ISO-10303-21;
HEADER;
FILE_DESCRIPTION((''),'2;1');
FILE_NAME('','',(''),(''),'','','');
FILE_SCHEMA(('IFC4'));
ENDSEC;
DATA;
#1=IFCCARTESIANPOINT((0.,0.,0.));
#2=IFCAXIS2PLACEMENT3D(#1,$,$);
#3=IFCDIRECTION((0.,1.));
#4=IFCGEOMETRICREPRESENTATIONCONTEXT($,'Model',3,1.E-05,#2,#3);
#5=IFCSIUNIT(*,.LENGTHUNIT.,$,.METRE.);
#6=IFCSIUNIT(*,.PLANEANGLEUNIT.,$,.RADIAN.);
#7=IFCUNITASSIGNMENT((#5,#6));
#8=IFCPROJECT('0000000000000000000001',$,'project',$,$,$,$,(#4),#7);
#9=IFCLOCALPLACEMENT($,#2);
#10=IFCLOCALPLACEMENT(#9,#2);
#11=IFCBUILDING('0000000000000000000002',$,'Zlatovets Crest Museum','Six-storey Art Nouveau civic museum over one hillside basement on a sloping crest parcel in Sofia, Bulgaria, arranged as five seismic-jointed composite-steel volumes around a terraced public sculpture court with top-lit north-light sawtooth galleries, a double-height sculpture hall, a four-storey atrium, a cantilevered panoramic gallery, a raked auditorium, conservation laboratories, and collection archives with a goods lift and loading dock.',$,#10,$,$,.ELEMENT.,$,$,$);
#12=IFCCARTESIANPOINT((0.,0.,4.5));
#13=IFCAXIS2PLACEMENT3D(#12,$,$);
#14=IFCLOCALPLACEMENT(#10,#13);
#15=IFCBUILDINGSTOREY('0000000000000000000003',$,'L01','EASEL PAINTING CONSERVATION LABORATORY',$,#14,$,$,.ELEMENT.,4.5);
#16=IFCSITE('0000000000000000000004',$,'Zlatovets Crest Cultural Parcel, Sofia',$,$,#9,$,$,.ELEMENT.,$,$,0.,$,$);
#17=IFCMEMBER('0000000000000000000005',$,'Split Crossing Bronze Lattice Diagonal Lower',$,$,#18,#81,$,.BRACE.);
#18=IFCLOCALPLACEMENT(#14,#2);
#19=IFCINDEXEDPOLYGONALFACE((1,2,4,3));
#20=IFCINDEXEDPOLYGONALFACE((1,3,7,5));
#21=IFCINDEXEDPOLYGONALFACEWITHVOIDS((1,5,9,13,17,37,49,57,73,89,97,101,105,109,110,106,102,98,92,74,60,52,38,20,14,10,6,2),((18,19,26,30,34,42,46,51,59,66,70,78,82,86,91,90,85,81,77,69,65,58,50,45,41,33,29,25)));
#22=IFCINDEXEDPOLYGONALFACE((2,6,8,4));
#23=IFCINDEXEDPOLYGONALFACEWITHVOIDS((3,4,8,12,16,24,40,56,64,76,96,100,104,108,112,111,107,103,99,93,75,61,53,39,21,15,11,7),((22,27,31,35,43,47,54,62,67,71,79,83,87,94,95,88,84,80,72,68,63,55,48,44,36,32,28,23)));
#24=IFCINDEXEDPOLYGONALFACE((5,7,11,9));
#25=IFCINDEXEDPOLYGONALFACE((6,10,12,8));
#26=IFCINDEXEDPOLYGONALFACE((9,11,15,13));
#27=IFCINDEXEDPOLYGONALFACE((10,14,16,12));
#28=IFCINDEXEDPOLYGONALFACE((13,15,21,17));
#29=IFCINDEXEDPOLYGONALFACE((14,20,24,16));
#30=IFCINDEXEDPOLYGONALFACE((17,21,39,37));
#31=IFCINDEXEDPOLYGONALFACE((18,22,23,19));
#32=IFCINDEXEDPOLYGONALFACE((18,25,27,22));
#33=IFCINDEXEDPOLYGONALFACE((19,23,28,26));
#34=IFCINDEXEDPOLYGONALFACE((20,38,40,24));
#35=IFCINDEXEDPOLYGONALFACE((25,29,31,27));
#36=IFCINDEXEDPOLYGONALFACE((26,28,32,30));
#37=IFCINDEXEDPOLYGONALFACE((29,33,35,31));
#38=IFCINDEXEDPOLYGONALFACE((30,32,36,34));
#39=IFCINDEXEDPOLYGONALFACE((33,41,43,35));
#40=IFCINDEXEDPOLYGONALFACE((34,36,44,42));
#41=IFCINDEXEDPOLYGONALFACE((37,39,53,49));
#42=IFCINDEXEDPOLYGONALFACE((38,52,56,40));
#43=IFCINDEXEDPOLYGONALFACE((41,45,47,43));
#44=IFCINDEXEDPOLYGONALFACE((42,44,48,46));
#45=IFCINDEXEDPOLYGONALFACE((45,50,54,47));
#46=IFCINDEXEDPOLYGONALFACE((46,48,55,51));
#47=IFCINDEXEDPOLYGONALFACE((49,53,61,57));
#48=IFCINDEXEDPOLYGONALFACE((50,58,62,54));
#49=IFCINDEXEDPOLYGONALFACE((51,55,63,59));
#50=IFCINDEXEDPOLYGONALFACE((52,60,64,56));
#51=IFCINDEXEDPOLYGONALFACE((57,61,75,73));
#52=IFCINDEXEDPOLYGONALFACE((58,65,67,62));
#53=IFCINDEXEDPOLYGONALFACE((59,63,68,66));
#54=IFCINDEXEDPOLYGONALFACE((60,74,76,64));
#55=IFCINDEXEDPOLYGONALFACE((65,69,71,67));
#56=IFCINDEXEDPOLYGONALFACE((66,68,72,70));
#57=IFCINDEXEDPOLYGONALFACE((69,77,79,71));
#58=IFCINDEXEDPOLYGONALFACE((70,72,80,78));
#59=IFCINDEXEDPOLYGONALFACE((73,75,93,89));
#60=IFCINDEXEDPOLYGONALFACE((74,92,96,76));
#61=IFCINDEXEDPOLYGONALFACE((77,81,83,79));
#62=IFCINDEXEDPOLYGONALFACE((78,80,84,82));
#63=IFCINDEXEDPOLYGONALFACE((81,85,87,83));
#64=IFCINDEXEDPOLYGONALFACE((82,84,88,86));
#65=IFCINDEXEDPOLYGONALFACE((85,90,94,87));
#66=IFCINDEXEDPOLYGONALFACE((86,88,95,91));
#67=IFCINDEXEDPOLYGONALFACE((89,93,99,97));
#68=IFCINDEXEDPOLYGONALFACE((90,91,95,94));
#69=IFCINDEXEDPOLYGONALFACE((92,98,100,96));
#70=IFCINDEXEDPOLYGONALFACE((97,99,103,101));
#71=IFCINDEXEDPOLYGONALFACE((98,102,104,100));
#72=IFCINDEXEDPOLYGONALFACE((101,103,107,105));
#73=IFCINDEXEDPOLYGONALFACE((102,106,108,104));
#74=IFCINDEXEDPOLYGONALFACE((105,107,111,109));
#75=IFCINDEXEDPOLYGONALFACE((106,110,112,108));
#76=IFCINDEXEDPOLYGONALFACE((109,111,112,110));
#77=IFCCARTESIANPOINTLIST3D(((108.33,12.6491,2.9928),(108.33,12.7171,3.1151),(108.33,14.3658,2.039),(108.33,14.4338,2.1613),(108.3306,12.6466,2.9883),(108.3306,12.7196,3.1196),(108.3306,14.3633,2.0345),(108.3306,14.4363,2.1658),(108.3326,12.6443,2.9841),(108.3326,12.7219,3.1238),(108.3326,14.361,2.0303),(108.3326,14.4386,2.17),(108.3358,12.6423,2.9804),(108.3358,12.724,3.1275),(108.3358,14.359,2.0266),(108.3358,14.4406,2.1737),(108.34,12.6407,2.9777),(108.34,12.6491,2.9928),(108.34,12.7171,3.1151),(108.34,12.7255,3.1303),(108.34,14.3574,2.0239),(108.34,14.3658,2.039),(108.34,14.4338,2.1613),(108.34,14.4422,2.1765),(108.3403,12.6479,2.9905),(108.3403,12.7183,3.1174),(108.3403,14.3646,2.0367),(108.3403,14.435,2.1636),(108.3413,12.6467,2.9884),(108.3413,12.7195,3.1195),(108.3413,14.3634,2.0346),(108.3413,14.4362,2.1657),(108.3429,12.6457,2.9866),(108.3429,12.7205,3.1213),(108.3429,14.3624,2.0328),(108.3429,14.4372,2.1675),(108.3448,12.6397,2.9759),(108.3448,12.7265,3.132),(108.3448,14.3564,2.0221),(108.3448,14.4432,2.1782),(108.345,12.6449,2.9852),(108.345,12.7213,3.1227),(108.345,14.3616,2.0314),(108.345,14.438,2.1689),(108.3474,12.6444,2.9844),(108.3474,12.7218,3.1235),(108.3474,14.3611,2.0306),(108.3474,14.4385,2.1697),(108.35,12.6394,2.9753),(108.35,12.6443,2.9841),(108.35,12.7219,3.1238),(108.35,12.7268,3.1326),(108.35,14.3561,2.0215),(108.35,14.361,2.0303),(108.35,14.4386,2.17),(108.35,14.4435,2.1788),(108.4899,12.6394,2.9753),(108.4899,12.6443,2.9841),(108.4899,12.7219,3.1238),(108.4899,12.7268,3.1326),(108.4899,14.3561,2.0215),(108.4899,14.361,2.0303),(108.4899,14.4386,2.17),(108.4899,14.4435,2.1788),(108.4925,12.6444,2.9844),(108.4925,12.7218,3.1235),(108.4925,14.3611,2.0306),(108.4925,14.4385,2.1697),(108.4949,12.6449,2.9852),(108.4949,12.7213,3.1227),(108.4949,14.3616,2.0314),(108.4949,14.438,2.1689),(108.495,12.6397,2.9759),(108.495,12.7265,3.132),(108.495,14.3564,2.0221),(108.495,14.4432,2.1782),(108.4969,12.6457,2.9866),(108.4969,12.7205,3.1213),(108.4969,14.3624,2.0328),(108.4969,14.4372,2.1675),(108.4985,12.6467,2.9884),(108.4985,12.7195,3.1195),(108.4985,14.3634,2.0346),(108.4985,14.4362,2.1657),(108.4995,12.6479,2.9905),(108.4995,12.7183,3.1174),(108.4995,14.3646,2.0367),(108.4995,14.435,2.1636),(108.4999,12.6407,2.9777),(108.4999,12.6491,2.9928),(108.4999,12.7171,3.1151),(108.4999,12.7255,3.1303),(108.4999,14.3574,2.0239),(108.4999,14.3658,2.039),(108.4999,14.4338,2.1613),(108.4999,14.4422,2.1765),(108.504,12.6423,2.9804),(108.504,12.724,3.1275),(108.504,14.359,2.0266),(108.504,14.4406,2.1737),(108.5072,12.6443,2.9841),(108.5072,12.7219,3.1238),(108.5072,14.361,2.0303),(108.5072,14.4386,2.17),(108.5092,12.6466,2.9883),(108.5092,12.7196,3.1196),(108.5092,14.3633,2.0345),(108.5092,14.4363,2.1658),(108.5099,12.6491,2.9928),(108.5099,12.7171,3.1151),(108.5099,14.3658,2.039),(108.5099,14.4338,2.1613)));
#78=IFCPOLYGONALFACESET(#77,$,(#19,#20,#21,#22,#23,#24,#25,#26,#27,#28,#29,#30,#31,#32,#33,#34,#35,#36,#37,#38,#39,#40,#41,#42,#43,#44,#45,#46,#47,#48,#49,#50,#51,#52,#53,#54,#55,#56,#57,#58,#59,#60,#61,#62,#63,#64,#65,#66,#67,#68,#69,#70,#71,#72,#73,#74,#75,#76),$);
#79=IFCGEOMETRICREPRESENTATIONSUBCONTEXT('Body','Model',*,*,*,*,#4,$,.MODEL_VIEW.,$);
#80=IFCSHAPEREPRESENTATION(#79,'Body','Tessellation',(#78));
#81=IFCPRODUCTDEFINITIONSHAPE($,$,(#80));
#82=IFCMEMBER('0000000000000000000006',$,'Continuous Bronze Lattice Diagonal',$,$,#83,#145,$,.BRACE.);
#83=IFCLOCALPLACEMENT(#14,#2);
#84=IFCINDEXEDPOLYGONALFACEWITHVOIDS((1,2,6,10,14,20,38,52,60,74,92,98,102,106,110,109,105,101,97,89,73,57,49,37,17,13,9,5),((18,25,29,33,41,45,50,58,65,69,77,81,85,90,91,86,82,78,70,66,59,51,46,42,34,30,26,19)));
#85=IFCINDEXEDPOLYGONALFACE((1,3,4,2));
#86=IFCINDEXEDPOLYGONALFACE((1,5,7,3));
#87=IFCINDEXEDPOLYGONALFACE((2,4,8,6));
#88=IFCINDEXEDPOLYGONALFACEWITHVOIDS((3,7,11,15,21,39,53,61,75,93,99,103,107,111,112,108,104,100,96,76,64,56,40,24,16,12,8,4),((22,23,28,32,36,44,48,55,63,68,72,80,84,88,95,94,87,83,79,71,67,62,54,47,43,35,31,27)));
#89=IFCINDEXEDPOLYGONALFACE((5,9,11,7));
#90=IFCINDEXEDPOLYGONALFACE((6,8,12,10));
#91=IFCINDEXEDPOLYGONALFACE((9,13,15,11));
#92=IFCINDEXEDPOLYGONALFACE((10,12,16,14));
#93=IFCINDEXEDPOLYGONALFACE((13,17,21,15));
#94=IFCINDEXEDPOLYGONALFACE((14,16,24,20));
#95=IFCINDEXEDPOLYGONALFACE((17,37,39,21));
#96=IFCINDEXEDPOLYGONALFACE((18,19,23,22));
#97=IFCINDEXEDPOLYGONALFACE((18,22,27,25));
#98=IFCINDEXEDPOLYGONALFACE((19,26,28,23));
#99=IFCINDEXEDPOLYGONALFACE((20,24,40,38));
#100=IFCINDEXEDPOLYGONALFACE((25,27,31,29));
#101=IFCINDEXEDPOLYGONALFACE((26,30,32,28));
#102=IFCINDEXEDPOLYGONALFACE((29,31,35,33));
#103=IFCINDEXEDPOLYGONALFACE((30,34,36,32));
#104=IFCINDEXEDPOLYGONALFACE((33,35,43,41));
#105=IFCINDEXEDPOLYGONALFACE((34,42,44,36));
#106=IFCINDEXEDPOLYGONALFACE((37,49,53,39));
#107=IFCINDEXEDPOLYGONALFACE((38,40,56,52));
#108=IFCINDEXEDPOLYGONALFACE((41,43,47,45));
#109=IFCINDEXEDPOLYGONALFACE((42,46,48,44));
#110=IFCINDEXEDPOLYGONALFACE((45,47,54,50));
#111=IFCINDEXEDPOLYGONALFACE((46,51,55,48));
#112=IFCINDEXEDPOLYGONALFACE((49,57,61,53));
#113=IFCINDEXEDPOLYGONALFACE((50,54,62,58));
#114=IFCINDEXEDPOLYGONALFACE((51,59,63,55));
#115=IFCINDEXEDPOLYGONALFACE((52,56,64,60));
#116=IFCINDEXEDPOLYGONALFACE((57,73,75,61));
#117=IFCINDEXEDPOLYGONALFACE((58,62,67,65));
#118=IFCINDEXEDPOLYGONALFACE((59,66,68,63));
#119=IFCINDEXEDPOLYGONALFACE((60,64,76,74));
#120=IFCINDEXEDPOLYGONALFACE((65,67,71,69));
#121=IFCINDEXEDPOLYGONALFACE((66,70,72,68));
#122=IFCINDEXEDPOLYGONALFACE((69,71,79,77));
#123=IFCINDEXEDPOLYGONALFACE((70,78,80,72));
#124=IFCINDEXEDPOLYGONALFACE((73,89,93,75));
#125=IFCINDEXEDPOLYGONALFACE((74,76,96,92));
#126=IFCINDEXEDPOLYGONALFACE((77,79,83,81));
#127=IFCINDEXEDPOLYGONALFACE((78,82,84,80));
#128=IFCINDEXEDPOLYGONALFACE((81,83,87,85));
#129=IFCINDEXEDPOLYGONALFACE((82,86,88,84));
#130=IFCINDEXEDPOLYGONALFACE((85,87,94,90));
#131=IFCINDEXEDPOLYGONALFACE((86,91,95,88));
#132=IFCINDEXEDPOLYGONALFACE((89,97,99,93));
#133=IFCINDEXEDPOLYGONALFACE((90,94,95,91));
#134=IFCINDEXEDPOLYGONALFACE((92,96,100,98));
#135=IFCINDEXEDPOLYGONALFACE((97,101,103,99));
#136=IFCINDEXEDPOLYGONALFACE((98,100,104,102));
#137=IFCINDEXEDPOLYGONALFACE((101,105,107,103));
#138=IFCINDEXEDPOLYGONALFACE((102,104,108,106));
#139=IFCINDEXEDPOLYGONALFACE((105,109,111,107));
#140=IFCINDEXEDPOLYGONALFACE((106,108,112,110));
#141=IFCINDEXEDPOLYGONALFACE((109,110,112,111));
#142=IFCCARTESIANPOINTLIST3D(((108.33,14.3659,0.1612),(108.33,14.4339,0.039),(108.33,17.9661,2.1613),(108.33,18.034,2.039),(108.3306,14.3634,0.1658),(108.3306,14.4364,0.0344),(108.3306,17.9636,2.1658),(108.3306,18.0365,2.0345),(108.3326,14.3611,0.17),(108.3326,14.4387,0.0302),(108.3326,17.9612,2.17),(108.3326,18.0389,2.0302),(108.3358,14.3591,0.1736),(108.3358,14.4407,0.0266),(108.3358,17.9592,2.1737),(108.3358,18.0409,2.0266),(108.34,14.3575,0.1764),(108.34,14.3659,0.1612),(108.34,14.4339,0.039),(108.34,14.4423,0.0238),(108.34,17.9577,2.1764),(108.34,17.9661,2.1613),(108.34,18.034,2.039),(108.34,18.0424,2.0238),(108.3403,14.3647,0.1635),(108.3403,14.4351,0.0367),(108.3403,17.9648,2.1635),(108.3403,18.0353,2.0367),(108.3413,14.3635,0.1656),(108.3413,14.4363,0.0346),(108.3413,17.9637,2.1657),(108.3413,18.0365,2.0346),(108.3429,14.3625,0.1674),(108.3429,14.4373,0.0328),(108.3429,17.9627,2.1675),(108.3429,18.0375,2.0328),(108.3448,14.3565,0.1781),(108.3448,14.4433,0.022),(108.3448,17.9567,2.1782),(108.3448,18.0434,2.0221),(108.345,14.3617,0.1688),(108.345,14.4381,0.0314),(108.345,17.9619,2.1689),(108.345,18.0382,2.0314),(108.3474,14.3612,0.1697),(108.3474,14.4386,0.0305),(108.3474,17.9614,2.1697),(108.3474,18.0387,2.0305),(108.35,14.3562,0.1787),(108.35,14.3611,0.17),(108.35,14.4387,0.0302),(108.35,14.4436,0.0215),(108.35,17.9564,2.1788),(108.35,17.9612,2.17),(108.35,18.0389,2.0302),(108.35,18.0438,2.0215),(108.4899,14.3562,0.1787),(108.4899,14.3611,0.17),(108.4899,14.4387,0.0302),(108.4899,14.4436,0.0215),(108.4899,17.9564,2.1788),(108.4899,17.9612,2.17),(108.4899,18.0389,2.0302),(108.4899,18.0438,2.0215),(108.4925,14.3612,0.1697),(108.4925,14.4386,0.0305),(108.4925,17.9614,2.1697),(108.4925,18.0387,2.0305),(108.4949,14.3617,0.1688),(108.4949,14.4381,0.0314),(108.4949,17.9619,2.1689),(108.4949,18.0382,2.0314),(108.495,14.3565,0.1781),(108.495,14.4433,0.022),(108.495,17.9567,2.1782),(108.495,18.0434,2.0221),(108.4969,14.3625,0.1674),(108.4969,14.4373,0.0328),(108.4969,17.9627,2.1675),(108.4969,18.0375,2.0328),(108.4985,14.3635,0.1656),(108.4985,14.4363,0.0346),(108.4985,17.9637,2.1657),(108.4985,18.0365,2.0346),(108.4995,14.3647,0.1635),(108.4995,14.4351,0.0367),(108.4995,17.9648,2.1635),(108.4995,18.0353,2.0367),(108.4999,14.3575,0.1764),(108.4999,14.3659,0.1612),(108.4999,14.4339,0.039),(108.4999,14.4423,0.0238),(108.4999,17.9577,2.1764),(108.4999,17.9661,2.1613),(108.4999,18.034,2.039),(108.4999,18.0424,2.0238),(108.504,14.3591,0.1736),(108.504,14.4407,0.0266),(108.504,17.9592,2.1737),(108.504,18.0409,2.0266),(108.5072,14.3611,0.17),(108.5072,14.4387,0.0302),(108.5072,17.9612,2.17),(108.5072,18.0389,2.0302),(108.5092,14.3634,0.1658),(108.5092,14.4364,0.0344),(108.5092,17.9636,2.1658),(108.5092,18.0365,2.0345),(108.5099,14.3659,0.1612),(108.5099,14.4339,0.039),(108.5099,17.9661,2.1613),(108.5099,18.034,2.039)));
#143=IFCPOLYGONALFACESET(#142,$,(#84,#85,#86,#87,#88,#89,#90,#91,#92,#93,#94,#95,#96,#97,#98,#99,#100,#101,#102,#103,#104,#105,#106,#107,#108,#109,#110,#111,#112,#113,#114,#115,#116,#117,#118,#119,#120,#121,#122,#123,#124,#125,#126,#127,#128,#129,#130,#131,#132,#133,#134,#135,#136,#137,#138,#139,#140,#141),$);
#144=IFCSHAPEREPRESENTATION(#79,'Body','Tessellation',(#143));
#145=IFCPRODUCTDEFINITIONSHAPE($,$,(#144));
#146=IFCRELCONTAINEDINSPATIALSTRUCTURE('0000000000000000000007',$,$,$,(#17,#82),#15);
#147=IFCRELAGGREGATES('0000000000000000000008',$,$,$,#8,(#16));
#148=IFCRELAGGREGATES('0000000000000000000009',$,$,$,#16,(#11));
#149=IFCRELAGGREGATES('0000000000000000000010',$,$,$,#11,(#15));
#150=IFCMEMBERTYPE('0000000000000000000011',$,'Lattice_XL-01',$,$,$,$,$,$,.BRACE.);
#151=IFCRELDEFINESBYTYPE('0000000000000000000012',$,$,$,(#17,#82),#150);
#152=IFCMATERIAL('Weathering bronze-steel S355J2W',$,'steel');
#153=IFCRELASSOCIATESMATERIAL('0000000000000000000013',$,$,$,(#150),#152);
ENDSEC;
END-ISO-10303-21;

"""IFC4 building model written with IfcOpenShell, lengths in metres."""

from ifc_helpers import new_model, si_unit, direction, frame, origin, origin_2d, place, context, subcontext, project, spatial, hollow_rectangle, extrude, material, material_profile, profile_set, type_object, element, save


model = new_model("IFC4")

# Units and contexts
model_context = context("Model", 3, precision=1e-05, world=origin(), true_north=direction((0.0, 1.0)))
body_context = subcontext(model_context, "Body", "Model", "MODEL_VIEW")
ifc_project = project(units=[si_unit("LENGTHUNIT", "METRE"), si_unit("PLANEANGLEUNIT", "RADIAN")], contexts=[model_context])

# Site, building, storey
site_placement = place(None, origin())
site = spatial("IfcSite", under=ifc_project, at=site_placement, Name="Zlatovets Crest Cultural Parcel, Sofia", CompositionType="ELEMENT", RefElevation=0.0)
building_placement = place(site_placement, origin())
building = spatial("IfcBuilding", under=site, at=building_placement, Name="Zlatovets Crest Museum", Description="Six-storey Art Nouveau civic museum over one hillside basement on a sloping crest parcel in Sofia, Bulgaria, arranged as five seismic-jointed composite-steel volumes around a terraced public sculpture court with top-lit north-light sawtooth galleries, a double-height sculpture hall, a four-storey atrium, a cantilevered panoramic gallery, a raked auditorium, conservation laboratories, and collection archives with a goods lift and loading dock.", CompositionType="ELEMENT")
storey_placement = place(building_placement, frame((0.0, 0.0, 4.5)))
storey = spatial("IfcBuildingStorey", under=building, at=storey_placement, Name="L01", Description="EASEL PAINTING CONSERVATION LABORATORY", CompositionType="ELEMENT", Elevation=4.5)

# Members
ifc_material_1 = material(Name="Weathering bronze-steel S355J2W", Category="steel")
ifc_material_profile_1 = material_profile(ifc_material_1, hollow_rectangle(XDim=0.1799, YDim=0.1799, WallThickness=0.01, InnerFilletRadius=0.01, OuterFilletRadius=0.02, at=origin_2d()), Name="SHS 180x180x10.0")
ifc_profile_set_1 = profile_set([ifc_material_profile_1], Name="Weathering bronze-steel S355J2W")
member_type_1 = type_object("IfcMemberType", Name="Lattice_XL-01", PredefinedType="BRACE", material=ifc_profile_set_1)
member_1_placement = place(storey_placement, frame((108.4199, 12.6831, 3.054), z_axis=(0.0, 0.87414, -0.485675), x_axis=(-1.0, 0.0, 0.0)))
element("IfcMember", 1, at=member_1_placement, inside=storey, type_object=member_type_1, Name="Split Crossing Bronze Lattice Diagonal Lower", PredefinedType="BRACE", context=body_context, shape_type="SweptSolid", body=[
    extrude(hollow_rectangle(XDim=0.1799, YDim=0.1799, WallThickness=0.01, InnerFilletRadius=0.01, OuterFilletRadius=0.02, at=origin_2d()), origin(), (0.0, 0.0, 1.0), 1.9639),
])
member_2_placement = place(storey_placement, frame((108.4199, 14.3999, 0.1001), z_axis=(0.0, 0.874163, 0.485633), x_axis=(-1.0, 0.0, 0.0)))
element("IfcMember", 2, at=member_2_placement, inside=storey, type_object=member_type_1, Name="Continuous Bronze Lattice Diagonal", PredefinedType="BRACE", context=body_context, shape_type="SweptSolid", body=[
    extrude(hollow_rectangle(XDim=0.1799, YDim=0.1799, WallThickness=0.01, InnerFilletRadius=0.01, OuterFilletRadius=0.02, at=origin_2d()), origin(), (0.0, 0.0, 1.0), 4.1184),
])

save(model, "model.ifc")
